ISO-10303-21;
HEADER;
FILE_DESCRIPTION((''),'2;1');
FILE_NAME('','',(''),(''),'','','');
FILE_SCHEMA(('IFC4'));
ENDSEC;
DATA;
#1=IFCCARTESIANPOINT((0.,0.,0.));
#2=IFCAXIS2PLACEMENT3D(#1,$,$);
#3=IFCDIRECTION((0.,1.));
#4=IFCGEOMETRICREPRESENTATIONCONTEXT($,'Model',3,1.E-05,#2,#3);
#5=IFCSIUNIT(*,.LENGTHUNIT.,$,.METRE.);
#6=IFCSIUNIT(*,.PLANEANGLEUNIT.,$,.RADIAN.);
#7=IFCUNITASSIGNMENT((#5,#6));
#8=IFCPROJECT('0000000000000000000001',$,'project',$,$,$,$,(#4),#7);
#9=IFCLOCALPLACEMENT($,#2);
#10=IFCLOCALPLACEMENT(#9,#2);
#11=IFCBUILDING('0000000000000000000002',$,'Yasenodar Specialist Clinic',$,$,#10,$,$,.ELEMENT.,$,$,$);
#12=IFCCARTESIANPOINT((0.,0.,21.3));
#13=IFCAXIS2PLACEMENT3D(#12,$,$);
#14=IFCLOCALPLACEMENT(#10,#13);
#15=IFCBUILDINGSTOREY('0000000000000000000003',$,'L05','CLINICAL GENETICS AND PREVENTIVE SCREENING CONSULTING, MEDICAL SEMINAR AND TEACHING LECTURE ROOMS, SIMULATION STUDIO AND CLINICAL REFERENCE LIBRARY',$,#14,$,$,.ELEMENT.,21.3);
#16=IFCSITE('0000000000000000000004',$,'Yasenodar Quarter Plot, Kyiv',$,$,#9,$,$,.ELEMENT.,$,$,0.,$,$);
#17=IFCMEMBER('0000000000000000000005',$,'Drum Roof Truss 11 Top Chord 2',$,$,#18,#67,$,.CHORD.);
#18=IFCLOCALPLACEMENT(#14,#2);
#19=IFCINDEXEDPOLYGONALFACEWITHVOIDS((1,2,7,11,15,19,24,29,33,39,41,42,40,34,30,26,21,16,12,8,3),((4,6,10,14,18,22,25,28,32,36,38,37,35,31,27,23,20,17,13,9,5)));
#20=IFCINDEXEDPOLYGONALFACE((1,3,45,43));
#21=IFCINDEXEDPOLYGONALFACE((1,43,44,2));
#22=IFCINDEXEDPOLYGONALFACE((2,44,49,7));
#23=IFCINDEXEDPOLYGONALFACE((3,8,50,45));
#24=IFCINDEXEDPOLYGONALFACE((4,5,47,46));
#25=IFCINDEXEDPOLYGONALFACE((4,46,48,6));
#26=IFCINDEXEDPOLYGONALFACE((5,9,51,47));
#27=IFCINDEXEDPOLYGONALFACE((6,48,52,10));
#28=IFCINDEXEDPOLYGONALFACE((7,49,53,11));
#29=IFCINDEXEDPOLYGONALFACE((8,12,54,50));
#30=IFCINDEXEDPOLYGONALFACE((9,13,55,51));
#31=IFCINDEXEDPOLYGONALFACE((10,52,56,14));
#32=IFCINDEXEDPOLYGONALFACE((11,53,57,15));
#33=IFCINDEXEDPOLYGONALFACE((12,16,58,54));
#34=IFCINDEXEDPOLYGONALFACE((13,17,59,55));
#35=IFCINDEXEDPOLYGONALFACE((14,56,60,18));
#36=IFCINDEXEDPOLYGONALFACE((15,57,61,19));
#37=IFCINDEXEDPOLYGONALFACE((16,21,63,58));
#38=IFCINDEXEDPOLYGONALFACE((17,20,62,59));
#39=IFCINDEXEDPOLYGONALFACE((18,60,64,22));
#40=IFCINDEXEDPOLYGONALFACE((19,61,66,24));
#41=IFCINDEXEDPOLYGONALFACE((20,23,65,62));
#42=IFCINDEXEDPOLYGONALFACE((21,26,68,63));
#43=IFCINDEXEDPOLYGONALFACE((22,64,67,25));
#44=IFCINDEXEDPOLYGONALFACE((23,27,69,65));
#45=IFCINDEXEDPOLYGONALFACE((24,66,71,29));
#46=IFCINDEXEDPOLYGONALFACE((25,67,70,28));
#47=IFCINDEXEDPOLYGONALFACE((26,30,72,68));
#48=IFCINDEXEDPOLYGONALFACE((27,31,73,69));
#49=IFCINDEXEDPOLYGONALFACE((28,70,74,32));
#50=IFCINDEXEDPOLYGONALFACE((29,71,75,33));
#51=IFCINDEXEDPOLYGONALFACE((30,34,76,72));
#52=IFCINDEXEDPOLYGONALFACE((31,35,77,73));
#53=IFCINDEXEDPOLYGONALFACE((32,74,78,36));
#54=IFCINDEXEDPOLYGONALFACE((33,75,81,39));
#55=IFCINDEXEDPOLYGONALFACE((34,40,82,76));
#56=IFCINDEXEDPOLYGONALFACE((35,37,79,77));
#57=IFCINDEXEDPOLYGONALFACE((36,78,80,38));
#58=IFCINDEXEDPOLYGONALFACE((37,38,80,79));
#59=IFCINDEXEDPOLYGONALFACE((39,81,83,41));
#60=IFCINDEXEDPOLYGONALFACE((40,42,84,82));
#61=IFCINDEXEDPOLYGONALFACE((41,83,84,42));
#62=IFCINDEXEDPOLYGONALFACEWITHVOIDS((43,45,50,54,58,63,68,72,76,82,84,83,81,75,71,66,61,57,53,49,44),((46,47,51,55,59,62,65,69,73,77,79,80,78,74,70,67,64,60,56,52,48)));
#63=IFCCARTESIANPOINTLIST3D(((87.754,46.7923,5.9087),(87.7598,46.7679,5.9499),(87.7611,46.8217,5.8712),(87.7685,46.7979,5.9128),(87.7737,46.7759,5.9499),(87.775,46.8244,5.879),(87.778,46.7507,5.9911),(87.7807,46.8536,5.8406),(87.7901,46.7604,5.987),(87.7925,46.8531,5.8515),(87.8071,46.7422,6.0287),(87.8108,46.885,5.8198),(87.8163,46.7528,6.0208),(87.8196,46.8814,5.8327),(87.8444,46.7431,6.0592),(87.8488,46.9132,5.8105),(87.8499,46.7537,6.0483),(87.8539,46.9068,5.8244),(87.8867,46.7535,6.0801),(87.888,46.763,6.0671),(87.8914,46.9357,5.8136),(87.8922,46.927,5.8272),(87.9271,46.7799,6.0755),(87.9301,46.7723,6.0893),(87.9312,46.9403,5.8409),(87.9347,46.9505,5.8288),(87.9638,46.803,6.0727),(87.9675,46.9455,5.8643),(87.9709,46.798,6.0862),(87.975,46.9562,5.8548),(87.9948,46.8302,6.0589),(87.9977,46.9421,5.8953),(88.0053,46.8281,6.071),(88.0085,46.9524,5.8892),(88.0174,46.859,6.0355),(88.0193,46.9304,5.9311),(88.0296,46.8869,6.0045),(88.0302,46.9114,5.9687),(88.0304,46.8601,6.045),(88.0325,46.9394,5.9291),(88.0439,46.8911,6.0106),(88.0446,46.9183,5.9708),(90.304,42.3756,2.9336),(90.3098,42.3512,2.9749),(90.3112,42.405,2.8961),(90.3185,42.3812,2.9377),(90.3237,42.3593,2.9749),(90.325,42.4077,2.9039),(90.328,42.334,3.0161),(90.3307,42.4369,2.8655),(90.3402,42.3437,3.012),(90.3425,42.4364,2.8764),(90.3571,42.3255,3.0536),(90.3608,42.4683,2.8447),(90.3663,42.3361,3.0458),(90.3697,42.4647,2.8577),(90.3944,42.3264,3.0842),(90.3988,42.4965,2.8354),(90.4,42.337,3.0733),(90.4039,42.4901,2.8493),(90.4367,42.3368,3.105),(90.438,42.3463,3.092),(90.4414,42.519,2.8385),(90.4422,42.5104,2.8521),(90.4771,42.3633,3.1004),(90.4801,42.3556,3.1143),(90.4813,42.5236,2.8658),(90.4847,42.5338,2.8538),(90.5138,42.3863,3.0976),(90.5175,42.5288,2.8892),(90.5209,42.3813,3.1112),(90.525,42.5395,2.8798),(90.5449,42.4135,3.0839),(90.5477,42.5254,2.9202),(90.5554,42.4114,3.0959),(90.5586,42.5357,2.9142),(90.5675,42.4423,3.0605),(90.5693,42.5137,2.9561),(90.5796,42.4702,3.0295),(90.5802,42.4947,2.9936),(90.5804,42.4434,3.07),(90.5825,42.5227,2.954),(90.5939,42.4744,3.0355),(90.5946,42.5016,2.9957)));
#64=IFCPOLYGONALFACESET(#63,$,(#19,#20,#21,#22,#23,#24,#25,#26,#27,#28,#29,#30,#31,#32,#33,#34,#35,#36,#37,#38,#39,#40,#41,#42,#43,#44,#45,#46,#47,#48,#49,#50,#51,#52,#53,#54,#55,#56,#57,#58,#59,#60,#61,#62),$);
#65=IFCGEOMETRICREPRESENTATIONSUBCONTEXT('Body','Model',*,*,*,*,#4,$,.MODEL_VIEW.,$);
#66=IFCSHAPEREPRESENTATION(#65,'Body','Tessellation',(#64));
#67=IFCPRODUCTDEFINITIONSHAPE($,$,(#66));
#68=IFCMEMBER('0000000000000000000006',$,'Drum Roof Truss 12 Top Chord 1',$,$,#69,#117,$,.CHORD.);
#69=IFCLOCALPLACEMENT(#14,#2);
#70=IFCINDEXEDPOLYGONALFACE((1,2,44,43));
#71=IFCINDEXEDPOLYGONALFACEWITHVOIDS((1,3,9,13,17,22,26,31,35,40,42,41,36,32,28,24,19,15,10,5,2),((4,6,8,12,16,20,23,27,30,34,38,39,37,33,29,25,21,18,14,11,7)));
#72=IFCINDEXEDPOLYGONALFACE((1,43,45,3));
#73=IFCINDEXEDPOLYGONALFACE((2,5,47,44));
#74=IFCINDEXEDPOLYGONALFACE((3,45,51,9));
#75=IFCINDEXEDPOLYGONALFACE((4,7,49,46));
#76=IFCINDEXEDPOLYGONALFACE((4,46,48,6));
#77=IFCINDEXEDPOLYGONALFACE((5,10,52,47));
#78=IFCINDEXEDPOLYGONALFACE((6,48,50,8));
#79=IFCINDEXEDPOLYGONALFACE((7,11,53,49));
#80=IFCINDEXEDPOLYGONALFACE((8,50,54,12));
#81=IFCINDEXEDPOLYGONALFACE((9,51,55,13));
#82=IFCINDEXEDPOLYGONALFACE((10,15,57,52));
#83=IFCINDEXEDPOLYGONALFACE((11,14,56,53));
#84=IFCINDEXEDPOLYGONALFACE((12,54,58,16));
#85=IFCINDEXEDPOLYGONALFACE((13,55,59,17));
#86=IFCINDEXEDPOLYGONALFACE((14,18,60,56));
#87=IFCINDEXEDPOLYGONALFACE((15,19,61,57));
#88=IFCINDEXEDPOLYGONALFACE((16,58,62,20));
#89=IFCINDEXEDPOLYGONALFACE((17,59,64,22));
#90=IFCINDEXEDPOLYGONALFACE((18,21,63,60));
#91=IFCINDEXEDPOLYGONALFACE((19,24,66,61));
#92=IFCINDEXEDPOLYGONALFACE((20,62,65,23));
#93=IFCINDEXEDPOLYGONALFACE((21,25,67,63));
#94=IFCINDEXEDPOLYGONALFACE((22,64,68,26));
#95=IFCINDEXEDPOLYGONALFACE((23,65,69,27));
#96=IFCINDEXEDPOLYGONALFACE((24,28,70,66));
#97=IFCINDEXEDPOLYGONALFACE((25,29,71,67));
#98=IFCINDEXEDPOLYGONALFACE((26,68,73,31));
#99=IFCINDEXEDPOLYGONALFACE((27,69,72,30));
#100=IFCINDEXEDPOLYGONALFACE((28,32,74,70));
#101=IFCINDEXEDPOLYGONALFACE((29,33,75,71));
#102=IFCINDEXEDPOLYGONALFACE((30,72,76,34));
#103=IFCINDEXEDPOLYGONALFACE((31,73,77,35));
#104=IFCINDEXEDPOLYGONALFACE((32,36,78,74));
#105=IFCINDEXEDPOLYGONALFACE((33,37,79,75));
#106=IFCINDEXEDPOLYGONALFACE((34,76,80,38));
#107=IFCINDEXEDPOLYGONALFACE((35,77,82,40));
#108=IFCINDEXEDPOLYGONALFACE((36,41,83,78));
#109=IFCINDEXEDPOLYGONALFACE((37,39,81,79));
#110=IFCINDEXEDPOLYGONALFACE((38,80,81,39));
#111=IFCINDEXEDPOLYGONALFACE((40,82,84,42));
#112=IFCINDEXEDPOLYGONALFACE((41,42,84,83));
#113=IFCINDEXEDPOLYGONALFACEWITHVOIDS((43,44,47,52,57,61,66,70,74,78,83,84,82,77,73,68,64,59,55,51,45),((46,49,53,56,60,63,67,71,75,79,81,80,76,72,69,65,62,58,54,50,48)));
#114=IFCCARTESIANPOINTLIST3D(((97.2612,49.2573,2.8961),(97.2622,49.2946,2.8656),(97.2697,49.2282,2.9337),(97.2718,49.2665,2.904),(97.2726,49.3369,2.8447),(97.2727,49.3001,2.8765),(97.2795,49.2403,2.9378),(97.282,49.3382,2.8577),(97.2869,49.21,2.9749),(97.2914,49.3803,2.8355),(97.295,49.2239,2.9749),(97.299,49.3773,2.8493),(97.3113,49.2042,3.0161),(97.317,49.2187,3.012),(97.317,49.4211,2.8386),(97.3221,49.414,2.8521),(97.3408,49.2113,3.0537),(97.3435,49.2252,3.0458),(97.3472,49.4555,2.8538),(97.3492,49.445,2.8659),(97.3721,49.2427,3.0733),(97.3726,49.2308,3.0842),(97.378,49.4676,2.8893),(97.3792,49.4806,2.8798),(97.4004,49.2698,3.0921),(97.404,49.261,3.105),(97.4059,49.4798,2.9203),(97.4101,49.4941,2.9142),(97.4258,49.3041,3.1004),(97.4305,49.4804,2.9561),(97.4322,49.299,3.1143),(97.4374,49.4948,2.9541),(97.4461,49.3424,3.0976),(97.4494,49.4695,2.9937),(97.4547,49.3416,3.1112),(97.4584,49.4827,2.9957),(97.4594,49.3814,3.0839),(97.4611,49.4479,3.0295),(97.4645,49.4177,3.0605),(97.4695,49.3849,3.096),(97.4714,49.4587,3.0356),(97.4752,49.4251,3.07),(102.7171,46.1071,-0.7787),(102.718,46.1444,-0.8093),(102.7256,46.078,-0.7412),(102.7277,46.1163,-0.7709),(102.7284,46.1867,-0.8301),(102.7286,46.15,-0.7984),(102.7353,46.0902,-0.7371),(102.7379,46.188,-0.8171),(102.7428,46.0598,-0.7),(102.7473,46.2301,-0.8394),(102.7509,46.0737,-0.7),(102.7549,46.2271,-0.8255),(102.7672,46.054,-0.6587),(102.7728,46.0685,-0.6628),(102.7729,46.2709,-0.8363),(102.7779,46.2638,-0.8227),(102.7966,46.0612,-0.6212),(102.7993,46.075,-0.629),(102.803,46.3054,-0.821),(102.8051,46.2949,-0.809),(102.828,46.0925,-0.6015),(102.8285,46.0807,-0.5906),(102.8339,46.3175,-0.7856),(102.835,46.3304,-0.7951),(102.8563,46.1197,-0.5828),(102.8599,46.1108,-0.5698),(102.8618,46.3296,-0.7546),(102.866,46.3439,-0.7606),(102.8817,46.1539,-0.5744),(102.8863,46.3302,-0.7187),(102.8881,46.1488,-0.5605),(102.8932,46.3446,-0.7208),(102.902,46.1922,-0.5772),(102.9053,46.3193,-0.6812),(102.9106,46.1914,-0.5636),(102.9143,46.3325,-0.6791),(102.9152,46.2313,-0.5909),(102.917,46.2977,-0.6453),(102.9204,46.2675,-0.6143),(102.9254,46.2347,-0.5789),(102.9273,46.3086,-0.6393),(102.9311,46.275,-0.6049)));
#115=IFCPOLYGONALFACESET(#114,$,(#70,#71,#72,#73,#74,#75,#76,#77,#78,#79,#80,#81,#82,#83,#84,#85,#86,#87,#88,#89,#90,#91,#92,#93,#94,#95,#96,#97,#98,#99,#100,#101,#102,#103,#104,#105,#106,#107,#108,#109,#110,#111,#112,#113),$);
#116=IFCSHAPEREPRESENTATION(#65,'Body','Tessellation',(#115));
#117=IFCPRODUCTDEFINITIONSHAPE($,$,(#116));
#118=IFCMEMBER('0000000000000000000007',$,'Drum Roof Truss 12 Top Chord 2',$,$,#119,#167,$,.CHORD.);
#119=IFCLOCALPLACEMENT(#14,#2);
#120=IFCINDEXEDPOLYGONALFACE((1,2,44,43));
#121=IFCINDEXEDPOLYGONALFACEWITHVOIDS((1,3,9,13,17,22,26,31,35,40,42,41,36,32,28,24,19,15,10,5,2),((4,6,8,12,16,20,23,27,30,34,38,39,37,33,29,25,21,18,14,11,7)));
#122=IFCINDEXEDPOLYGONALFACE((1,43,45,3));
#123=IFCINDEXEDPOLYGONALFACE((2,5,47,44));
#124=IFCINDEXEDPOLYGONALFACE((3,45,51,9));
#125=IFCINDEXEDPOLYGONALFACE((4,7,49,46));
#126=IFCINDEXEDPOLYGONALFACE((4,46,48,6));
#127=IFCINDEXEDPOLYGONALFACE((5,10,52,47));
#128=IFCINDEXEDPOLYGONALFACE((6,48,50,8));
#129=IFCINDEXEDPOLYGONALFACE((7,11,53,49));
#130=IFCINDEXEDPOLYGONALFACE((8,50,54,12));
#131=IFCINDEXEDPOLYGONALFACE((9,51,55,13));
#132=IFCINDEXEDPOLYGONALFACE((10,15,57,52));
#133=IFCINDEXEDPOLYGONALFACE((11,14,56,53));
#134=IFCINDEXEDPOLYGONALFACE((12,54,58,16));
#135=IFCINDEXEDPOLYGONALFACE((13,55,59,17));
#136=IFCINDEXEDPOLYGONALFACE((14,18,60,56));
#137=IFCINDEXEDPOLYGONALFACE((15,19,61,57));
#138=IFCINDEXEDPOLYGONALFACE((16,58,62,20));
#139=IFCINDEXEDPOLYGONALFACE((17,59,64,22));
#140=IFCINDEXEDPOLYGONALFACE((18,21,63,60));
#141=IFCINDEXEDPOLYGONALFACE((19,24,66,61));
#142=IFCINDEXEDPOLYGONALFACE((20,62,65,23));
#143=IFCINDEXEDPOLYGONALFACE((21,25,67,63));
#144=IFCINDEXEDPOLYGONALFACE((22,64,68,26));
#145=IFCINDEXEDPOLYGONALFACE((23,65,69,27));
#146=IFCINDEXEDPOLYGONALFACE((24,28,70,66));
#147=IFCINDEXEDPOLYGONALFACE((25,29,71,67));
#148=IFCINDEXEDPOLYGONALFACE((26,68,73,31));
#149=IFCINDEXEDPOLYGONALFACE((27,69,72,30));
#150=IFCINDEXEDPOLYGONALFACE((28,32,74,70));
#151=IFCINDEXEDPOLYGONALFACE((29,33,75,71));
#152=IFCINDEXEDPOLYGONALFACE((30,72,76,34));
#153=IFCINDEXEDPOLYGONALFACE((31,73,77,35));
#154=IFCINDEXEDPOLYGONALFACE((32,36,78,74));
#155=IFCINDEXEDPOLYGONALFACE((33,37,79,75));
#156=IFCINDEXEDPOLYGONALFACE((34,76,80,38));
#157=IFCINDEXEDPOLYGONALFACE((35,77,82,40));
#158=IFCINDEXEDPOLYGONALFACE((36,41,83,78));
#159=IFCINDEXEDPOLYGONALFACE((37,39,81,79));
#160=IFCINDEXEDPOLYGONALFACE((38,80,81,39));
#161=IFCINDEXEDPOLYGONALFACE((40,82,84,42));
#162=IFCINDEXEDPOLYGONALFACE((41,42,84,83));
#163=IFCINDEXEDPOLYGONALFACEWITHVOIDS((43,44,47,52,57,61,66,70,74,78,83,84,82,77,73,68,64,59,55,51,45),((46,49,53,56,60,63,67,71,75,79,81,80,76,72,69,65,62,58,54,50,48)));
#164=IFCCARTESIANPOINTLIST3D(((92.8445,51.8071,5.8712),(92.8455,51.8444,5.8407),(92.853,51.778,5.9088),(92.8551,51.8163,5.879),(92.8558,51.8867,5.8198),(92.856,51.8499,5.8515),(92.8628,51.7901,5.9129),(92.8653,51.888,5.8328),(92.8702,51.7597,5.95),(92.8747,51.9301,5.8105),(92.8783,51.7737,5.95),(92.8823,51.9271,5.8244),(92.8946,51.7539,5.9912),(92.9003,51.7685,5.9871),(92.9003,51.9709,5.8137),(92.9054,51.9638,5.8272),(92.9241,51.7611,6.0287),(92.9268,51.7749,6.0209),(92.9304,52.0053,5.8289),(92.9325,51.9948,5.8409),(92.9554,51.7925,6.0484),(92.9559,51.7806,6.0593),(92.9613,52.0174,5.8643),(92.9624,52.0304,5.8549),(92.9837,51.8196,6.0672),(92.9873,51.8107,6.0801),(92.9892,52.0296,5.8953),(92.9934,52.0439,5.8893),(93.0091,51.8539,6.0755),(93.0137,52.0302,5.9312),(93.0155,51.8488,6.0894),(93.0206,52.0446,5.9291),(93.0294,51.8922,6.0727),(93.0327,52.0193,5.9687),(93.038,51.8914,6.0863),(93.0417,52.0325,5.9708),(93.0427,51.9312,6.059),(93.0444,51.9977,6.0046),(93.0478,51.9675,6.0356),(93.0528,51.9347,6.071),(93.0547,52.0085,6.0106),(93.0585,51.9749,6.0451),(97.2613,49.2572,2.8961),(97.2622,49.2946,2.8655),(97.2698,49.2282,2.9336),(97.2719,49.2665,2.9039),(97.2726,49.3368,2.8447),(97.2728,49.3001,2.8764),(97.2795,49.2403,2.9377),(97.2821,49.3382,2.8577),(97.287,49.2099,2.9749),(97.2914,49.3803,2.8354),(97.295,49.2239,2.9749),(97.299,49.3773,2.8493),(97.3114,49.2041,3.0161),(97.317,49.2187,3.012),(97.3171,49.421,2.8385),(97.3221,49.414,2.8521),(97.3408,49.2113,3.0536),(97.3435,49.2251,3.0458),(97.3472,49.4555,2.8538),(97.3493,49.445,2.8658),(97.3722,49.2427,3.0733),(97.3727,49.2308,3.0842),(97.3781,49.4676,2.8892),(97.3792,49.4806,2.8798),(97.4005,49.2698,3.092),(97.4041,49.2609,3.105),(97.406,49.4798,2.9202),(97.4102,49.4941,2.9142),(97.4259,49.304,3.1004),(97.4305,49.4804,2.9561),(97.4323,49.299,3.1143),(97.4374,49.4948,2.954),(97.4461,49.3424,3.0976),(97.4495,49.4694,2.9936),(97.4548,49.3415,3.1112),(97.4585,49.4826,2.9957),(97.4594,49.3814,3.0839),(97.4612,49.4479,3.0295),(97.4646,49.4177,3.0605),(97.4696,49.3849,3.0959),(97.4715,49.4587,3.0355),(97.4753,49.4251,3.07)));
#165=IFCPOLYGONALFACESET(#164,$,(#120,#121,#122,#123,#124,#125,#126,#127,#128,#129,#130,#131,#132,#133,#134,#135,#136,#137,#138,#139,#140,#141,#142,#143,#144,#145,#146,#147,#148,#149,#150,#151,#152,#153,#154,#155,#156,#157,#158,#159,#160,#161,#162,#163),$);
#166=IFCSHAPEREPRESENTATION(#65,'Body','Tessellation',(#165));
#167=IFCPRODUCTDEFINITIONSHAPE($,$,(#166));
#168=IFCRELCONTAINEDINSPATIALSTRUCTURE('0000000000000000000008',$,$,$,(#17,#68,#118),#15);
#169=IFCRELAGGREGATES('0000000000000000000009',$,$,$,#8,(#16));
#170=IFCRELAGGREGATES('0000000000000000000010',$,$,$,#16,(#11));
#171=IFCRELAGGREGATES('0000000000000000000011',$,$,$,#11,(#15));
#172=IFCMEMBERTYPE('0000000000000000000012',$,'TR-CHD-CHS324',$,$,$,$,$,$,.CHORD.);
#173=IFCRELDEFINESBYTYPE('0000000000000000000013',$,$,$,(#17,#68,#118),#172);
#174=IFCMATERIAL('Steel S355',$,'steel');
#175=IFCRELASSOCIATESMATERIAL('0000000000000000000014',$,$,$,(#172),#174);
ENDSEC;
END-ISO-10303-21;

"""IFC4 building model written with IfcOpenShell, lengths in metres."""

from ifc_helpers import new_model, si_unit, direction, frame, origin, origin_2d, place, context, subcontext, project, spatial, hollow_circle, extrude, material, material_profile, profile_set, type_object, element, save


model = new_model("IFC4")

# Units and contexts
model_context = context("Model", 3, precision=1e-05, world=origin(), true_north=direction((0.0, 1.0)))
body_context = subcontext(model_context, "Body", "Model", "MODEL_VIEW")
ifc_project = project(units=[si_unit("LENGTHUNIT", "METRE"), si_unit("PLANEANGLEUNIT", "RADIAN")], contexts=[model_context])

# Site, building, storey
site_placement = place(None, origin())
site = spatial("IfcSite", under=ifc_project, at=site_placement, Name="Yasenodar Quarter Plot, Kyiv", CompositionType="ELEMENT", RefElevation=0.0)
building_placement = place(site_placement, origin())
building = spatial("IfcBuilding", under=site, at=building_placement, Name="Yasenodar Specialist Clinic", CompositionType="ELEMENT")
storey_placement = place(building_placement, frame((0.0, 0.0, 21.3)))
storey = spatial("IfcBuildingStorey", under=building, at=storey_placement, Name="L05", Description="CLINICAL GENETICS AND PREVENTIVE SCREENING CONSULTING, MEDICAL SEMINAR AND TEACHING LECTURE ROOMS, SIMULATION STUDIO AND CLINICAL REFERENCE LIBRARY", CompositionType="ELEMENT", Elevation=21.3)

# Members
ifc_material = material(Name="Steel S355", Category="steel")
ifc_material_profile_1 = material_profile(ifc_material, hollow_circle(Radius=0.1619, WallThickness=0.0161, at=origin_2d()), Name="CHS 323.9x16")
ifc_profile_set_1 = profile_set([ifc_material_profile_1], Name="Steel S355")
member_type_1 = type_object("IfcMemberType", Name="TR-CHD-CHS324", PredefinedType="CHORD", material=ifc_profile_set_1)
member_1_placement = place(storey_placement, frame((90.45, 42.4321, 2.9749), z_axis=(-0.431892, 0.748047, 0.50388), x_axis=(-0.866022, -0.500006, 0.0)))
element("IfcMember", 1, at=member_1_placement, inside=storey, type_object=member_type_1, Name="Drum Roof Truss 11 Top Chord 2", PredefinedType="CHORD", context=body_context, shape_type="SweptSolid", body=[
    extrude(hollow_circle(Radius=0.1619, WallThickness=0.0161, at=origin_2d()), origin(), (0.0, 0.0, 1.0), 5.9043),
])
member_2_placement = place(storey_placement, frame((102.8237, 46.2, -0.7), z_axis=(-0.748049, 0.431918, 0.503854), x_axis=(-0.500028, -0.866009, 0.0)))
element("IfcMember", 2, at=member_2_placement, inside=storey, type_object=member_type_1, Name="Drum Roof Truss 12 Top Chord 1", PredefinedType="CHORD", context=body_context, shape_type="SweptSolid", body=[
    extrude(hollow_circle(Radius=0.1619, WallThickness=0.0161, at=origin_2d()), origin(), (0.0, 0.0, 1.0), 7.2935),
])
member_3_placement = place(storey_placement, frame((97.3679, 49.3501, 2.9749), z_axis=(-0.74806, 0.431858, 0.503889), x_axis=(-0.49997, -0.866043, 0.0)))
element("IfcMember", 3, at=member_3_placement, inside=storey, type_object=member_type_1, Name="Drum Roof Truss 12 Top Chord 2", PredefinedType="CHORD", context=body_context, shape_type="SweptSolid", body=[
    extrude(hollow_circle(Radius=0.1619, WallThickness=0.0161, at=origin_2d()), origin(), (0.0, 0.0, 1.0), 5.9043),
])

save(model, "model.ifc")
